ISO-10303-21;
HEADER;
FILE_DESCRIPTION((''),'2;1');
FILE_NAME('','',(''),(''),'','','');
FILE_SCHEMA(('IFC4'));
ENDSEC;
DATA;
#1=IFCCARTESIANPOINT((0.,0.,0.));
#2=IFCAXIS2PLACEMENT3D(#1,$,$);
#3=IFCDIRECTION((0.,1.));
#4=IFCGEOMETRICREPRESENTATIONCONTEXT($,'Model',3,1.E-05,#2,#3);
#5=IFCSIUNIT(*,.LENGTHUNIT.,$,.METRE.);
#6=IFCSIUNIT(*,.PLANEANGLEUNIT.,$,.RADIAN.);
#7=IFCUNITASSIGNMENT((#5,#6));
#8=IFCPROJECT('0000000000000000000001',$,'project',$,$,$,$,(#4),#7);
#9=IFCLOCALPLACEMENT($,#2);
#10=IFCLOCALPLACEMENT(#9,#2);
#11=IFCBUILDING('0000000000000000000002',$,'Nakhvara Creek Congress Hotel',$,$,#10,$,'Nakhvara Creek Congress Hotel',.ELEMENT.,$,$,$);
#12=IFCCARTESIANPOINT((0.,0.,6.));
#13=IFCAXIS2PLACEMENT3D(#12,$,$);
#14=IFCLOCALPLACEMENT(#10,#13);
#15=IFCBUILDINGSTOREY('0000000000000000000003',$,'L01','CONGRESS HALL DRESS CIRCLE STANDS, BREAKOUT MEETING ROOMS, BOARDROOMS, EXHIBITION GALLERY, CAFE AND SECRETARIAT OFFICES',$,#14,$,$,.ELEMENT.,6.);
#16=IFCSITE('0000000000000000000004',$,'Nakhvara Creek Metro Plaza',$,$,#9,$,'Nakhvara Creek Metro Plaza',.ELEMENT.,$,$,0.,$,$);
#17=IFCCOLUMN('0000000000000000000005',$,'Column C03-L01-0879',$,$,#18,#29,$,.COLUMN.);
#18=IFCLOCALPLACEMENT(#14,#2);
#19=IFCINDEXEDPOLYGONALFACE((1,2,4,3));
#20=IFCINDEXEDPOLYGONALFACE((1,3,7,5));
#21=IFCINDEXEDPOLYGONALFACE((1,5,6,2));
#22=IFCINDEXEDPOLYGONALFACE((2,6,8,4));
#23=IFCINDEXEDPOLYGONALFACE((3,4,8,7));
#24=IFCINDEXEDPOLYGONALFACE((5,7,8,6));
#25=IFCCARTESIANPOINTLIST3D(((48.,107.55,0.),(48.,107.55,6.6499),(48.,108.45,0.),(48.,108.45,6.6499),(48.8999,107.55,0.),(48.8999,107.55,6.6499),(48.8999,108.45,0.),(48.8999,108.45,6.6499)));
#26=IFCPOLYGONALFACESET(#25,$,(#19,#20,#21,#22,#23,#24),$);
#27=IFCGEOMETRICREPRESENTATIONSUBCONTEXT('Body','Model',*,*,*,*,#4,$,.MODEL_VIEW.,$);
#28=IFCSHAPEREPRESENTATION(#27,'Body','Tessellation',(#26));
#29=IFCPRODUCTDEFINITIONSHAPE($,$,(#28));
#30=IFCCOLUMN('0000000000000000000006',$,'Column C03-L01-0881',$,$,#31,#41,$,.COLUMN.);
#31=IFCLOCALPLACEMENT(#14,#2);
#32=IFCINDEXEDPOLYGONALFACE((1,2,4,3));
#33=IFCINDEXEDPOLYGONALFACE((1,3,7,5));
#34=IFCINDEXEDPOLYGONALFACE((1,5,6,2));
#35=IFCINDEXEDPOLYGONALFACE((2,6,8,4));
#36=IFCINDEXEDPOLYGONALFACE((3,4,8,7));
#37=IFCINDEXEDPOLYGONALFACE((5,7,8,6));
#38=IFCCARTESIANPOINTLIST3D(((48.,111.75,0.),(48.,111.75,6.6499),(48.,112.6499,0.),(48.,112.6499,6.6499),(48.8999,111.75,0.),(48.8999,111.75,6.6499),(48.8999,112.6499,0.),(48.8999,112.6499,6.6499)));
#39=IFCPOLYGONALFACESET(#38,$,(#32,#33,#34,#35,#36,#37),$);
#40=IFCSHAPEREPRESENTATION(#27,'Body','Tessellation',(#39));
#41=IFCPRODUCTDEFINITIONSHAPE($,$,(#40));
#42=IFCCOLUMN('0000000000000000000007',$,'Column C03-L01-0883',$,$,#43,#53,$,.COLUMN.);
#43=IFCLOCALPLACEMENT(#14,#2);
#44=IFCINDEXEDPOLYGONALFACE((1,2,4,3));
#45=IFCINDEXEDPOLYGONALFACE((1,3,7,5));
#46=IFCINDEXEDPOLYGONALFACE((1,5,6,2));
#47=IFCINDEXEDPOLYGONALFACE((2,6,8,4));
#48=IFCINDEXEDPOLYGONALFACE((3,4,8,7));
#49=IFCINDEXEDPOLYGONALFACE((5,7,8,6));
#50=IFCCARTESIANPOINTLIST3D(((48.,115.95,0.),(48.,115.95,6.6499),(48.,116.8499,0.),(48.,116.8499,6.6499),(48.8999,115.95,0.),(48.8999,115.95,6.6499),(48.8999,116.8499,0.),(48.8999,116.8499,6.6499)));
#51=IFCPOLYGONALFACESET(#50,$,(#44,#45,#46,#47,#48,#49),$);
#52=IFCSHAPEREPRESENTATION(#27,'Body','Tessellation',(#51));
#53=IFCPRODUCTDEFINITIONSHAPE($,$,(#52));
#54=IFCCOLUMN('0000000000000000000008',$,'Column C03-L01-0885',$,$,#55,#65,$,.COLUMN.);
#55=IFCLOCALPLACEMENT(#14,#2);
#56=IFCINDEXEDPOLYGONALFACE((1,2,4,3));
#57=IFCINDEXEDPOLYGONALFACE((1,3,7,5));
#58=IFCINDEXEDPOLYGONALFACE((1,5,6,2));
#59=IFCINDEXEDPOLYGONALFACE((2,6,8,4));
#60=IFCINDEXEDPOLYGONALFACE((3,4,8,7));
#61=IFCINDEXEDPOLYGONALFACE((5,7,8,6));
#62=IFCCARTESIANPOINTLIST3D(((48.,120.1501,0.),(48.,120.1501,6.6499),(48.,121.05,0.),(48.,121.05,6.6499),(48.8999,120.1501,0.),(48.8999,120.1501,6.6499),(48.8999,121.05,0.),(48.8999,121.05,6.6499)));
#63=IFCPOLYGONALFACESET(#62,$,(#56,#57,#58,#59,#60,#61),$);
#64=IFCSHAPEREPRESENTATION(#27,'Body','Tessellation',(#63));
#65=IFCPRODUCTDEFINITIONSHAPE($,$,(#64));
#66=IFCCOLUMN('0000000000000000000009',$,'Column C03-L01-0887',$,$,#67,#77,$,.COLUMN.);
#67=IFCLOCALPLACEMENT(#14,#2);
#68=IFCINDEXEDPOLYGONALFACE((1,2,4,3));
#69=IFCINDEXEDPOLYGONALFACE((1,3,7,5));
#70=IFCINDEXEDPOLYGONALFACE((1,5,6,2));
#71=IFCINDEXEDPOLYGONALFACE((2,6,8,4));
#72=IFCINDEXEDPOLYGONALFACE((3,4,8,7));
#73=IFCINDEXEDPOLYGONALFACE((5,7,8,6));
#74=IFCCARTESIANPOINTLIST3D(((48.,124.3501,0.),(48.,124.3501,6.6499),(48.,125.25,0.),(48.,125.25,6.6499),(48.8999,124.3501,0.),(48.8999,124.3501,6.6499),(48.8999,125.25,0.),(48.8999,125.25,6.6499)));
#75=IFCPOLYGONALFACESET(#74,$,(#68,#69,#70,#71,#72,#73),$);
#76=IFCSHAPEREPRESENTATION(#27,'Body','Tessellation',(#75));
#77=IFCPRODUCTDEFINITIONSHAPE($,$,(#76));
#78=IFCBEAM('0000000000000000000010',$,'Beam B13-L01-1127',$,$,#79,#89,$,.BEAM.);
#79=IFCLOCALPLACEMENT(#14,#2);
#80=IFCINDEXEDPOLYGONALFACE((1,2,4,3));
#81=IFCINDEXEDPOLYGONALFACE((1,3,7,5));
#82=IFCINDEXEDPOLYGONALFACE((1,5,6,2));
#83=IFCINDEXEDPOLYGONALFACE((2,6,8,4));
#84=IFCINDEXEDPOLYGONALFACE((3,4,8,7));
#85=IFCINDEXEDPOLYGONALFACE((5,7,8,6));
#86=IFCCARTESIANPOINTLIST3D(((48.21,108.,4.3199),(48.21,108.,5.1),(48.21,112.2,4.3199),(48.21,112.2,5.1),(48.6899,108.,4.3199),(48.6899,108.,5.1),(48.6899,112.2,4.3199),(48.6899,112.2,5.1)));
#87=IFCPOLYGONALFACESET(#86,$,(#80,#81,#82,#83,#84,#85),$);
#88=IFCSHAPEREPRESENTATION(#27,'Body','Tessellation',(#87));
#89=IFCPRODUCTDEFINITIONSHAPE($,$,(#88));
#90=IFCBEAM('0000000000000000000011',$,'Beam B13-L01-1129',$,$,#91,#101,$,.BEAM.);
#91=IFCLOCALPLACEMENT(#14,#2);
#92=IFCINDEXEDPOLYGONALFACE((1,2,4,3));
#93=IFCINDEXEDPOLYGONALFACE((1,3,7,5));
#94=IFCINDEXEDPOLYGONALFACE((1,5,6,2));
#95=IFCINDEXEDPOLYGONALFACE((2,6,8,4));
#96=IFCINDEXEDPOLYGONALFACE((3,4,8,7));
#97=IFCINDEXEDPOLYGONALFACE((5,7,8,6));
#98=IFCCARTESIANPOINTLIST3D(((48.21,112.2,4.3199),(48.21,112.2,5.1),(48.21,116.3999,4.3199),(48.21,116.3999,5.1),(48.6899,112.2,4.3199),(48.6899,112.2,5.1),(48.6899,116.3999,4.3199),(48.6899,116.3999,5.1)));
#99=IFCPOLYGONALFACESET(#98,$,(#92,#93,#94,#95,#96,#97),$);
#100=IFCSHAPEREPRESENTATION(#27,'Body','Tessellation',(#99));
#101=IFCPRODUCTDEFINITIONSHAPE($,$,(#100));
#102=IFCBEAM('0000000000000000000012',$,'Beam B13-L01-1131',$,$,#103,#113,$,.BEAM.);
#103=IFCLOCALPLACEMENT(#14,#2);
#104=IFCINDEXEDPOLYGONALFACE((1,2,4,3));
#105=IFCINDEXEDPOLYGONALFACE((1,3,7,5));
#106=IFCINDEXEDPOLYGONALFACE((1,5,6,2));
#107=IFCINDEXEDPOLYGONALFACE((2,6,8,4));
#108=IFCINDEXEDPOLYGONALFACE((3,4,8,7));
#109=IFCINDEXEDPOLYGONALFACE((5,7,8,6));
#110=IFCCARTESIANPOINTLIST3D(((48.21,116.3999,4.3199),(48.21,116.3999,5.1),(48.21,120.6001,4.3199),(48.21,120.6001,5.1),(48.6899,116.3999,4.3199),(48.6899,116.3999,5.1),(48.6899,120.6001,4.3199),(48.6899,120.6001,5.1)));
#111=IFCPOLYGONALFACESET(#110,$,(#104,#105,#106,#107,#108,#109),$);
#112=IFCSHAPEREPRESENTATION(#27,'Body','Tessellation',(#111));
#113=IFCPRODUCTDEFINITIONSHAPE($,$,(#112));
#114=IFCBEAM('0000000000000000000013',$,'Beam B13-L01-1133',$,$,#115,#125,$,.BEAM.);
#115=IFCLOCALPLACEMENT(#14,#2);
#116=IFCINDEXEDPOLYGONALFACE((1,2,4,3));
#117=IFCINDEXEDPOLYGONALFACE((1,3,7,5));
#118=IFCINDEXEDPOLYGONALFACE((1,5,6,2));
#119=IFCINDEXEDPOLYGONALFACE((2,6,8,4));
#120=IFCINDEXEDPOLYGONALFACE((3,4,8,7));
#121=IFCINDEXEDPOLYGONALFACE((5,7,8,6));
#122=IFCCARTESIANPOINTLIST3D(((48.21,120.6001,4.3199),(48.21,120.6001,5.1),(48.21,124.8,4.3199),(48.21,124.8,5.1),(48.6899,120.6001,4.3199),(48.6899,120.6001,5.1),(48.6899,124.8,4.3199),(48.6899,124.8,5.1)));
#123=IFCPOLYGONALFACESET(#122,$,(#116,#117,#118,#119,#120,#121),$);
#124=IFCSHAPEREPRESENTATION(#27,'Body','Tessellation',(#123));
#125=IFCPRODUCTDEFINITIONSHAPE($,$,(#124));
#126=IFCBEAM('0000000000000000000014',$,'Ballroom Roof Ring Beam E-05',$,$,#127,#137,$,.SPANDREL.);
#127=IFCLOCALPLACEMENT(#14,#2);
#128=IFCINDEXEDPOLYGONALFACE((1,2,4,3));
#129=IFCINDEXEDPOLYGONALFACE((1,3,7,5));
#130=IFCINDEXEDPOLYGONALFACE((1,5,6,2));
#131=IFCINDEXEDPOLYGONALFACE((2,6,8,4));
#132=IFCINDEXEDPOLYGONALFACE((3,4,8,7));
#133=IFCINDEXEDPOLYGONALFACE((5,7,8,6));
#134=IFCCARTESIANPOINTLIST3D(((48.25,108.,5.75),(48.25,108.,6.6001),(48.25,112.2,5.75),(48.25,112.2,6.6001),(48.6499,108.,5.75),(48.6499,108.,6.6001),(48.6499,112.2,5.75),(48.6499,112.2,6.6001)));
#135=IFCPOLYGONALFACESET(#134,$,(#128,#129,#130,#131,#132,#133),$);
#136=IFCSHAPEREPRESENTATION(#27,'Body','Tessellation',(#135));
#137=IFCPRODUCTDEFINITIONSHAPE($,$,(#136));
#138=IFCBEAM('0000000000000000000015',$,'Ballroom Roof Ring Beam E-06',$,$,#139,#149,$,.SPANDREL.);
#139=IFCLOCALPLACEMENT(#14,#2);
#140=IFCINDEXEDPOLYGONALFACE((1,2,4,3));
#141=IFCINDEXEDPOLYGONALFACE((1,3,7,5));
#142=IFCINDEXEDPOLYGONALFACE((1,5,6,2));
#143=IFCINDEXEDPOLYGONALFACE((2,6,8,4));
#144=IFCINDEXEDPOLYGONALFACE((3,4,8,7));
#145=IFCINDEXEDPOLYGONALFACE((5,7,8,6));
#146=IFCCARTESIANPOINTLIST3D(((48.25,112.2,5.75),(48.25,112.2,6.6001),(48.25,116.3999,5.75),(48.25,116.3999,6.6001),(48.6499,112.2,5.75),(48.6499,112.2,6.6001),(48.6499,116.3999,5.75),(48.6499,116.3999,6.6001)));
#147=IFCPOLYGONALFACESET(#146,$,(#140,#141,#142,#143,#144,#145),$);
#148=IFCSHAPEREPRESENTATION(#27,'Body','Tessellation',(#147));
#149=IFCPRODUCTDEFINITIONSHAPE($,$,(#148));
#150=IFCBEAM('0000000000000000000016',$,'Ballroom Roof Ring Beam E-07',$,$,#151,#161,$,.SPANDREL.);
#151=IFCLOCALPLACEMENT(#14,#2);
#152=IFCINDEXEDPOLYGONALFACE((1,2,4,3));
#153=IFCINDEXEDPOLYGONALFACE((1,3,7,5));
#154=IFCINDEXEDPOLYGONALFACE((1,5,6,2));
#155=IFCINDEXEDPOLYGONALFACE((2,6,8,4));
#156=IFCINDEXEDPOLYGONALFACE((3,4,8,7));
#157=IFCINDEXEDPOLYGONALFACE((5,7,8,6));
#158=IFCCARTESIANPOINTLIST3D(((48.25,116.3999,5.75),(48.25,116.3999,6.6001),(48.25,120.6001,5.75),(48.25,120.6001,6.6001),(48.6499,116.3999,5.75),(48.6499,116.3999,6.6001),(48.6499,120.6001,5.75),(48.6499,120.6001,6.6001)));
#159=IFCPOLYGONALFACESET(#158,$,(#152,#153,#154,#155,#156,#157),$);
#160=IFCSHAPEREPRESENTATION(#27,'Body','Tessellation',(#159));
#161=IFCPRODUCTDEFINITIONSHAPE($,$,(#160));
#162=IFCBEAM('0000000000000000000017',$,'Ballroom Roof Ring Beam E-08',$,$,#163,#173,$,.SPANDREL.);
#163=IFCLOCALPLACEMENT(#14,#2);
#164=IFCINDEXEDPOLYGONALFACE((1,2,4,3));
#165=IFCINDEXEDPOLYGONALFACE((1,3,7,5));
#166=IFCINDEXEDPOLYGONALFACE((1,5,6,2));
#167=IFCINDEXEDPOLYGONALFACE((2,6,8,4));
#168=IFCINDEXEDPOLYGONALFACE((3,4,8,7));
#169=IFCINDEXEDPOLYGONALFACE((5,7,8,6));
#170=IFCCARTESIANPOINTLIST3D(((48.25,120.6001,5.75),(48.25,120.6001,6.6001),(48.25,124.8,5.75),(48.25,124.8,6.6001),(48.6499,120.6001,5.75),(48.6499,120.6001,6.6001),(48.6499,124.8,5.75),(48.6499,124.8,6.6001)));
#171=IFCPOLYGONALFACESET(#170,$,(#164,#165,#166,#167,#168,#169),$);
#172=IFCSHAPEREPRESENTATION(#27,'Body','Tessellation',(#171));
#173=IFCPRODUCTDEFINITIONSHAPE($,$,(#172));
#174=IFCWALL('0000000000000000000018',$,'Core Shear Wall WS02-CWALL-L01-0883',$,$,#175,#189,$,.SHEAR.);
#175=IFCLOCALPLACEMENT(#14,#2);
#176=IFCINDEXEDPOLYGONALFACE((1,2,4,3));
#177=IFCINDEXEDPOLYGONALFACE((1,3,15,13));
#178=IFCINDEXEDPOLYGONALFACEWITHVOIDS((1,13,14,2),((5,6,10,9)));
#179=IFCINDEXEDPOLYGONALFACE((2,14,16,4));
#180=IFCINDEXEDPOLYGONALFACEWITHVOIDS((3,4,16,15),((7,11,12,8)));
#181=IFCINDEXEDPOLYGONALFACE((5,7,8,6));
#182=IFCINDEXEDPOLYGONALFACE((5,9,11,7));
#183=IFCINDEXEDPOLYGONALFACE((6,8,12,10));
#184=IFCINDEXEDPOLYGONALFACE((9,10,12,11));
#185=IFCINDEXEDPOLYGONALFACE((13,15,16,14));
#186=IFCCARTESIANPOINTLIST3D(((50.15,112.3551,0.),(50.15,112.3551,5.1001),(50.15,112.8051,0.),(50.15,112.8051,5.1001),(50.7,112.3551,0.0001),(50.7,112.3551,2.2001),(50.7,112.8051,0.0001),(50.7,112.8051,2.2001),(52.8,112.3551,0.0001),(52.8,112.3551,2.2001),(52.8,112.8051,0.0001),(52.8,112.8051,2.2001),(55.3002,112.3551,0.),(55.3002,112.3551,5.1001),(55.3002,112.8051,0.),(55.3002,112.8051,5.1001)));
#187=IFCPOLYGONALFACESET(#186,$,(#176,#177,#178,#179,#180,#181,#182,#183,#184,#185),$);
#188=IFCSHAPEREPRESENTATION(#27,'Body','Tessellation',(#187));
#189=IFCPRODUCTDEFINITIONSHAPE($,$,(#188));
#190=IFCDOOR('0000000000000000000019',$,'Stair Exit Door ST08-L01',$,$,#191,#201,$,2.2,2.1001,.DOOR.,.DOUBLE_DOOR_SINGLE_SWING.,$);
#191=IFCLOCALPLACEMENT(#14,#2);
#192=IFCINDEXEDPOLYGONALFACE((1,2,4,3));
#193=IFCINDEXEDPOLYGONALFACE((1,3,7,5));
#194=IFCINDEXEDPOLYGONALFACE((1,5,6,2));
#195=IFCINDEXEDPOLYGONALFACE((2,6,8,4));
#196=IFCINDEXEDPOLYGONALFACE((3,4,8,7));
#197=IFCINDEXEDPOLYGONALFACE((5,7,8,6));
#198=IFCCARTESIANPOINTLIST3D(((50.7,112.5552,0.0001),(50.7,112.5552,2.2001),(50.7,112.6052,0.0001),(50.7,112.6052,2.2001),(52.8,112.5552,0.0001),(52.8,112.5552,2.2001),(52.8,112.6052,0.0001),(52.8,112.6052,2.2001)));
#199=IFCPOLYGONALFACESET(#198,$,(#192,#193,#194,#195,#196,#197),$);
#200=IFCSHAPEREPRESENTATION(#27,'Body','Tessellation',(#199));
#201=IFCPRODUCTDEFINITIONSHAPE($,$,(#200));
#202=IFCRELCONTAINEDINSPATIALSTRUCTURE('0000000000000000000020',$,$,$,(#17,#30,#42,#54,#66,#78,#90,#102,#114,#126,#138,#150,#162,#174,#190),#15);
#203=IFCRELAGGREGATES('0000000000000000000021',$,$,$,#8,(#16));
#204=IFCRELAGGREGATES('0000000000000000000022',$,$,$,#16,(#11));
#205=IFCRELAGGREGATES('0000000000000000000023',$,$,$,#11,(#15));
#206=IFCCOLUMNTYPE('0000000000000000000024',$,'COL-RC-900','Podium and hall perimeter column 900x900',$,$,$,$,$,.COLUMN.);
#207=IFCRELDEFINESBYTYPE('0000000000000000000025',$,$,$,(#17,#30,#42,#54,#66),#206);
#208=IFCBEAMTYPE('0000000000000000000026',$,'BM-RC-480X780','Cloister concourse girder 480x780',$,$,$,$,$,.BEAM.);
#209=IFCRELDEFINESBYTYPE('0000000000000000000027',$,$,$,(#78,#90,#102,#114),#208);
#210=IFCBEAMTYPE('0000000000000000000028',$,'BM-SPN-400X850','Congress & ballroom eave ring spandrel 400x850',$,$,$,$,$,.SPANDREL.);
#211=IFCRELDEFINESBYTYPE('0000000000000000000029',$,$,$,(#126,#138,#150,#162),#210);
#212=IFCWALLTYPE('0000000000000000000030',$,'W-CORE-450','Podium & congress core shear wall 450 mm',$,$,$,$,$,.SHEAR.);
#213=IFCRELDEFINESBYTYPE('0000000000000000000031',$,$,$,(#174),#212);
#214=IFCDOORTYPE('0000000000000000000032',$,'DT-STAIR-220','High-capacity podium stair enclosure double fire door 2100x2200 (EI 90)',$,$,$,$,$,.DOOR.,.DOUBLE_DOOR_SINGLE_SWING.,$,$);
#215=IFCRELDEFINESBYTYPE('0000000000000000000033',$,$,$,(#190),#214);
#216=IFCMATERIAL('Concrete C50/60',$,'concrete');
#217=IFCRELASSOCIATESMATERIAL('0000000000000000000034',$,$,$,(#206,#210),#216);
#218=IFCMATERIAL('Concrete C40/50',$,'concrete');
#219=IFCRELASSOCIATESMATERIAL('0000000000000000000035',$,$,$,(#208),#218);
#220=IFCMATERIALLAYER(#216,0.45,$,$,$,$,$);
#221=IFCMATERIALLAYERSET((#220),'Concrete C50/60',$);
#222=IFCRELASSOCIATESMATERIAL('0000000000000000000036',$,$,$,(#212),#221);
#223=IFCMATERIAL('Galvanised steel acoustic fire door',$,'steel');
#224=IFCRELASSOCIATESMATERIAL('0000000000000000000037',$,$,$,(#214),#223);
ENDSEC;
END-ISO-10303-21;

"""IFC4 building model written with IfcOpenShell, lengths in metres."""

from ifc_helpers import new_model, si_unit, direction, frame, frame_2d, origin, origin_2d, place, context, subcontext, project, spatial, rectangle, extrude, material, layer, layer_set, material_profile, profile_set, type_object, element, fill, save


model = new_model("IFC4")

# Units and contexts
model_context = context("Model", 3, precision=1e-05, world=origin(), true_north=direction((0.0, 1.0)))
body_context = subcontext(model_context, "Body", "Model", "MODEL_VIEW")
ifc_project = project(units=[si_unit("LENGTHUNIT", "METRE"), si_unit("PLANEANGLEUNIT", "RADIAN")], contexts=[model_context])

# Site, building, storey
site_placement = place(None, origin())
site = spatial("IfcSite", under=ifc_project, at=site_placement, Name="Nakhvara Creek Metro Plaza", LongName="Nakhvara Creek Metro Plaza", CompositionType="ELEMENT", RefElevation=0.0)
building_placement = place(site_placement, origin())
building = spatial("IfcBuilding", under=site, at=building_placement, Name="Nakhvara Creek Congress Hotel", LongName="Nakhvara Creek Congress Hotel", CompositionType="ELEMENT")
storey_placement = place(building_placement, frame((0.0, 0.0, 6.0)))
storey = spatial("IfcBuildingStorey", under=building, at=storey_placement, Name="L01", Description="CONGRESS HALL DRESS CIRCLE STANDS, BREAKOUT MEETING ROOMS, BOARDROOMS, EXHIBITION GALLERY, CAFE AND SECRETARIAT OFFICES", CompositionType="ELEMENT", Elevation=6.0)

# Columns
ifc_material_1 = material(Name="Concrete C50/60", Category="concrete")
ifc_material_profile_1 = material_profile(ifc_material_1, rectangle(XDim=0.8999, YDim=0.8999, at=origin_2d()), Name="RC-COL 900x900", Category="LoadBearing")
ifc_profile_set_1 = profile_set([ifc_material_profile_1], Name="Concrete C50/60")
column_type = type_object("IfcColumnType", Name="COL-RC-900", Description="Podium and hall perimeter column 900x900", PredefinedType="COLUMN", material=ifc_profile_set_1)
for number, where, z_axis, x_axis, name in (
    (1, (48.45, 108.0, 0.0), (0.0, 0.0, 1.0), (1.0, 0.0, 0.0), "Column C03-L01-0879"),
    (2, (48.45, 112.2, 0.0), (0.0, 0.0, 1.0), (1.0, 0.0, 0.0), "Column C03-L01-0881"),
    (3, (48.45, 116.3999, 0.0), (0.0, 0.0, 1.0), (1.0, 0.0, 0.0), "Column C03-L01-0883"),
    (4, (48.45, 120.6001, 0.0), (0.0, 0.0, 1.0), (1.0, 0.0, 0.0), "Column C03-L01-0885"),
    (5, (48.45, 124.8, 0.0), (0.0, 0.0, 1.0), (1.0, 0.0, 0.0), "Column C03-L01-0887"),
):
    element("IfcColumn", number, at=place(storey_placement, frame(where, z_axis=z_axis, x_axis=x_axis)), inside=storey, type_object=column_type, Name=name, PredefinedType="COLUMN", context=body_context, shape_type="SweptSolid", body=[
        extrude(rectangle(XDim=0.8999, YDim=0.8999, at=origin_2d()), origin(), (0.0, 0.0, 1.0), 6.6499),
    ])

# Beams
ifc_material_2 = material(Name="Concrete C40/50", Category="concrete")
ifc_material_profile_2 = material_profile(ifc_material_2, rectangle(XDim=0.48, YDim=0.78, at=origin_2d()), Name="RC-BM 480x780", Category="LoadBearing")
ifc_profile_set_2 = profile_set([ifc_material_profile_2], Name="Concrete C40/50")
beam_type_1 = type_object("IfcBeamType", Name="BM-RC-480X780", Description="Cloister concourse girder 480x780", PredefinedType="BEAM", material=ifc_profile_set_2)
for number, where, z_axis, x_axis, name in (
    (6, (48.45, 108.0, 4.71), (0.0, 1.0, 0.0), (-1.0, 0.0, 0.0), "Beam B13-L01-1127"),
    (7, (48.45, 112.2, 4.71), (0.0, 1.0, 0.0), (-1.0, 0.0, 0.0), "Beam B13-L01-1129"),
):
    element("IfcBeam", number, at=place(storey_placement, frame(where, z_axis=z_axis, x_axis=x_axis)), inside=storey, type_object=beam_type_1, Name=name, PredefinedType="BEAM", context=body_context, shape_type="SweptSolid", body=[
        extrude(rectangle(XDim=0.48, YDim=0.78, at=origin_2d()), origin(), (0.0, 0.0, 1.0), 4.2),
    ])
beam_1_placement = place(storey_placement, frame((48.45, 116.3999, 4.71), z_axis=(0.0, 1.0, 0.0), x_axis=(-1.0, 0.0, 0.0)))
element("IfcBeam", 8, at=beam_1_placement, inside=storey, type_object=beam_type_1, Name="Beam B13-L01-1131", PredefinedType="BEAM", context=body_context, shape_type="SweptSolid", body=[
    extrude(rectangle(XDim=0.48, YDim=0.78, at=origin_2d()), origin(), (0.0, 0.0, 1.0), 4.2002),
])
beam_2_placement = place(storey_placement, frame((48.45, 120.6001, 4.71), z_axis=(0.0, 1.0, 0.0), x_axis=(-1.0, 0.0, 0.0)))
element("IfcBeam", 9, at=beam_2_placement, inside=storey, type_object=beam_type_1, Name="Beam B13-L01-1133", PredefinedType="BEAM", context=body_context, shape_type="SweptSolid", body=[
    extrude(rectangle(XDim=0.48, YDim=0.78, at=origin_2d()), origin(), (0.0, 0.0, 1.0), 4.2),
])
ifc_material_profile_3 = material_profile(ifc_material_1, rectangle(XDim=0.3999, YDim=0.8501, at=origin_2d()), Name="RC-SPANDREL 400x850", Category="LoadBearing")
ifc_profile_set_3 = profile_set([ifc_material_profile_3], Name="Concrete C50/60")
beam_type_2 = type_object("IfcBeamType", Name="BM-SPN-400X850", Description="Congress & ballroom eave ring spandrel 400x850", PredefinedType="SPANDREL", material=ifc_profile_set_3)
for number, where, z_axis, x_axis, name in (
    (10, (48.45, 108.0, 6.175), (0.0, 1.0, 0.0), (-1.0, 0.0, 0.0), "Ballroom Roof Ring Beam E-05"),
    (11, (48.45, 112.2, 6.175), (0.0, 1.0, 0.0), (-1.0, 0.0, 0.0), "Ballroom Roof Ring Beam E-06"),
):
    element("IfcBeam", number, at=place(storey_placement, frame(where, z_axis=z_axis, x_axis=x_axis)), inside=storey, type_object=beam_type_2, Name=name, PredefinedType="SPANDREL", context=body_context, shape_type="SweptSolid", body=[
        extrude(rectangle(XDim=0.3999, YDim=0.8501, at=origin_2d()), origin(), (0.0, 0.0, 1.0), 4.2),
    ])
beam_3_placement = place(storey_placement, frame((48.45, 116.3999, 6.175), z_axis=(0.0, 1.0, 0.0), x_axis=(-1.0, 0.0, 0.0)))
element("IfcBeam", 12, at=beam_3_placement, inside=storey, type_object=beam_type_2, Name="Ballroom Roof Ring Beam E-07", PredefinedType="SPANDREL", context=body_context, shape_type="SweptSolid", body=[
    extrude(rectangle(XDim=0.3999, YDim=0.8501, at=origin_2d()), origin(), (0.0, 0.0, 1.0), 4.2002),
])
beam_4_placement = place(storey_placement, frame((48.45, 120.6001, 6.175), z_axis=(0.0, 1.0, 0.0), x_axis=(-1.0, 0.0, 0.0)))
element("IfcBeam", 13, at=beam_4_placement, inside=storey, type_object=beam_type_2, Name="Ballroom Roof Ring Beam E-08", PredefinedType="SPANDREL", context=body_context, shape_type="SweptSolid", body=[
    extrude(rectangle(XDim=0.3999, YDim=0.8501, at=origin_2d()), origin(), (0.0, 0.0, 1.0), 4.2),
])

# Wall, opening, door
ifc_layer_1 = layer(ifc_material_1, 0.45)
ifc_layer_set_1 = layer_set([ifc_layer_1], Name="Concrete C50/60")
wall_type = type_object("IfcWallType", Name="W-CORE-450", Description="Podium & congress core shear wall 450 mm", PredefinedType="SHEAR", material=ifc_layer_set_1)
wall_1_placement = place(storey_placement, frame((50.1499, 112.5801, 0.0), z_axis=(0.0, 0.0, 1.0), x_axis=(1.0, 0.0, 0.0)))
wall_1 = element("IfcWall", 14, at=wall_1_placement, inside=storey, type_object=wall_type, Name="Core Shear Wall WS02-CWALL-L01-0883", PredefinedType="SHEAR", context=body_context, shape_type="SweptSolid", body=[
    extrude(rectangle(XDim=5.1501, YDim=0.45, at=frame_2d((2.5752, 0.0))), origin(), (0.0, 0.0, 1.0), 5.1001),
])
opening_placement = place(wall_1_placement, frame((0.55, 0.0, 0.0)))
opening = element("IfcOpeningElement", 15, at=opening_placement, cuts=wall_1, PredefinedType="OPENING", context=body_context, shape_type="SweptSolid", body=[
    extrude(rectangle(XDim=2.1001, YDim=2.2, at=frame_2d((1.05, 1.1001))), frame((0.0, 0.2368, 0.0), z_axis=(0.0, -1.0, 0.0), x_axis=(1.0, 0.0, 0.0)), (0.0, 0.0, 1.0), 0.4739),
])
ifc_material_3 = material(Name="Galvanised steel acoustic fire door", Category="steel")
door_type = type_object("IfcDoorType", Name="DT-STAIR-220", Description="High-capacity podium stair enclosure double fire door 2100x2200 (EI 90)", OperationType="DOUBLE_DOOR_SINGLE_SWING", PredefinedType="DOOR", material=ifc_material_3)
door_placement = place(opening_placement, frame((2.1001, 0.0, 0.0), z_axis=(0.0, 0.0, 1.0), x_axis=(-1.0, 0.0, 0.0)))
door = element("IfcDoor", 16, at=door_placement, inside=storey, type_object=door_type, Name="Stair Exit Door ST08-L01", OperationType="DOUBLE_DOOR_SINGLE_SWING", OverallHeight=2.2, OverallWidth=2.1001, PredefinedType="DOOR", context=body_context, shape_type="SweptSolid", body=[
    extrude(rectangle(XDim=2.1001, YDim=2.2, at=frame_2d((1.05, 1.1001))), frame((0.0, 0.0249, 0.0), z_axis=(0.0, -1.0, 0.0), x_axis=(1.0, 0.0, 0.0)), (0.0, 0.0, 1.0), 0.05),
])
fill(opening, door)

save(model, "model.ifc")
